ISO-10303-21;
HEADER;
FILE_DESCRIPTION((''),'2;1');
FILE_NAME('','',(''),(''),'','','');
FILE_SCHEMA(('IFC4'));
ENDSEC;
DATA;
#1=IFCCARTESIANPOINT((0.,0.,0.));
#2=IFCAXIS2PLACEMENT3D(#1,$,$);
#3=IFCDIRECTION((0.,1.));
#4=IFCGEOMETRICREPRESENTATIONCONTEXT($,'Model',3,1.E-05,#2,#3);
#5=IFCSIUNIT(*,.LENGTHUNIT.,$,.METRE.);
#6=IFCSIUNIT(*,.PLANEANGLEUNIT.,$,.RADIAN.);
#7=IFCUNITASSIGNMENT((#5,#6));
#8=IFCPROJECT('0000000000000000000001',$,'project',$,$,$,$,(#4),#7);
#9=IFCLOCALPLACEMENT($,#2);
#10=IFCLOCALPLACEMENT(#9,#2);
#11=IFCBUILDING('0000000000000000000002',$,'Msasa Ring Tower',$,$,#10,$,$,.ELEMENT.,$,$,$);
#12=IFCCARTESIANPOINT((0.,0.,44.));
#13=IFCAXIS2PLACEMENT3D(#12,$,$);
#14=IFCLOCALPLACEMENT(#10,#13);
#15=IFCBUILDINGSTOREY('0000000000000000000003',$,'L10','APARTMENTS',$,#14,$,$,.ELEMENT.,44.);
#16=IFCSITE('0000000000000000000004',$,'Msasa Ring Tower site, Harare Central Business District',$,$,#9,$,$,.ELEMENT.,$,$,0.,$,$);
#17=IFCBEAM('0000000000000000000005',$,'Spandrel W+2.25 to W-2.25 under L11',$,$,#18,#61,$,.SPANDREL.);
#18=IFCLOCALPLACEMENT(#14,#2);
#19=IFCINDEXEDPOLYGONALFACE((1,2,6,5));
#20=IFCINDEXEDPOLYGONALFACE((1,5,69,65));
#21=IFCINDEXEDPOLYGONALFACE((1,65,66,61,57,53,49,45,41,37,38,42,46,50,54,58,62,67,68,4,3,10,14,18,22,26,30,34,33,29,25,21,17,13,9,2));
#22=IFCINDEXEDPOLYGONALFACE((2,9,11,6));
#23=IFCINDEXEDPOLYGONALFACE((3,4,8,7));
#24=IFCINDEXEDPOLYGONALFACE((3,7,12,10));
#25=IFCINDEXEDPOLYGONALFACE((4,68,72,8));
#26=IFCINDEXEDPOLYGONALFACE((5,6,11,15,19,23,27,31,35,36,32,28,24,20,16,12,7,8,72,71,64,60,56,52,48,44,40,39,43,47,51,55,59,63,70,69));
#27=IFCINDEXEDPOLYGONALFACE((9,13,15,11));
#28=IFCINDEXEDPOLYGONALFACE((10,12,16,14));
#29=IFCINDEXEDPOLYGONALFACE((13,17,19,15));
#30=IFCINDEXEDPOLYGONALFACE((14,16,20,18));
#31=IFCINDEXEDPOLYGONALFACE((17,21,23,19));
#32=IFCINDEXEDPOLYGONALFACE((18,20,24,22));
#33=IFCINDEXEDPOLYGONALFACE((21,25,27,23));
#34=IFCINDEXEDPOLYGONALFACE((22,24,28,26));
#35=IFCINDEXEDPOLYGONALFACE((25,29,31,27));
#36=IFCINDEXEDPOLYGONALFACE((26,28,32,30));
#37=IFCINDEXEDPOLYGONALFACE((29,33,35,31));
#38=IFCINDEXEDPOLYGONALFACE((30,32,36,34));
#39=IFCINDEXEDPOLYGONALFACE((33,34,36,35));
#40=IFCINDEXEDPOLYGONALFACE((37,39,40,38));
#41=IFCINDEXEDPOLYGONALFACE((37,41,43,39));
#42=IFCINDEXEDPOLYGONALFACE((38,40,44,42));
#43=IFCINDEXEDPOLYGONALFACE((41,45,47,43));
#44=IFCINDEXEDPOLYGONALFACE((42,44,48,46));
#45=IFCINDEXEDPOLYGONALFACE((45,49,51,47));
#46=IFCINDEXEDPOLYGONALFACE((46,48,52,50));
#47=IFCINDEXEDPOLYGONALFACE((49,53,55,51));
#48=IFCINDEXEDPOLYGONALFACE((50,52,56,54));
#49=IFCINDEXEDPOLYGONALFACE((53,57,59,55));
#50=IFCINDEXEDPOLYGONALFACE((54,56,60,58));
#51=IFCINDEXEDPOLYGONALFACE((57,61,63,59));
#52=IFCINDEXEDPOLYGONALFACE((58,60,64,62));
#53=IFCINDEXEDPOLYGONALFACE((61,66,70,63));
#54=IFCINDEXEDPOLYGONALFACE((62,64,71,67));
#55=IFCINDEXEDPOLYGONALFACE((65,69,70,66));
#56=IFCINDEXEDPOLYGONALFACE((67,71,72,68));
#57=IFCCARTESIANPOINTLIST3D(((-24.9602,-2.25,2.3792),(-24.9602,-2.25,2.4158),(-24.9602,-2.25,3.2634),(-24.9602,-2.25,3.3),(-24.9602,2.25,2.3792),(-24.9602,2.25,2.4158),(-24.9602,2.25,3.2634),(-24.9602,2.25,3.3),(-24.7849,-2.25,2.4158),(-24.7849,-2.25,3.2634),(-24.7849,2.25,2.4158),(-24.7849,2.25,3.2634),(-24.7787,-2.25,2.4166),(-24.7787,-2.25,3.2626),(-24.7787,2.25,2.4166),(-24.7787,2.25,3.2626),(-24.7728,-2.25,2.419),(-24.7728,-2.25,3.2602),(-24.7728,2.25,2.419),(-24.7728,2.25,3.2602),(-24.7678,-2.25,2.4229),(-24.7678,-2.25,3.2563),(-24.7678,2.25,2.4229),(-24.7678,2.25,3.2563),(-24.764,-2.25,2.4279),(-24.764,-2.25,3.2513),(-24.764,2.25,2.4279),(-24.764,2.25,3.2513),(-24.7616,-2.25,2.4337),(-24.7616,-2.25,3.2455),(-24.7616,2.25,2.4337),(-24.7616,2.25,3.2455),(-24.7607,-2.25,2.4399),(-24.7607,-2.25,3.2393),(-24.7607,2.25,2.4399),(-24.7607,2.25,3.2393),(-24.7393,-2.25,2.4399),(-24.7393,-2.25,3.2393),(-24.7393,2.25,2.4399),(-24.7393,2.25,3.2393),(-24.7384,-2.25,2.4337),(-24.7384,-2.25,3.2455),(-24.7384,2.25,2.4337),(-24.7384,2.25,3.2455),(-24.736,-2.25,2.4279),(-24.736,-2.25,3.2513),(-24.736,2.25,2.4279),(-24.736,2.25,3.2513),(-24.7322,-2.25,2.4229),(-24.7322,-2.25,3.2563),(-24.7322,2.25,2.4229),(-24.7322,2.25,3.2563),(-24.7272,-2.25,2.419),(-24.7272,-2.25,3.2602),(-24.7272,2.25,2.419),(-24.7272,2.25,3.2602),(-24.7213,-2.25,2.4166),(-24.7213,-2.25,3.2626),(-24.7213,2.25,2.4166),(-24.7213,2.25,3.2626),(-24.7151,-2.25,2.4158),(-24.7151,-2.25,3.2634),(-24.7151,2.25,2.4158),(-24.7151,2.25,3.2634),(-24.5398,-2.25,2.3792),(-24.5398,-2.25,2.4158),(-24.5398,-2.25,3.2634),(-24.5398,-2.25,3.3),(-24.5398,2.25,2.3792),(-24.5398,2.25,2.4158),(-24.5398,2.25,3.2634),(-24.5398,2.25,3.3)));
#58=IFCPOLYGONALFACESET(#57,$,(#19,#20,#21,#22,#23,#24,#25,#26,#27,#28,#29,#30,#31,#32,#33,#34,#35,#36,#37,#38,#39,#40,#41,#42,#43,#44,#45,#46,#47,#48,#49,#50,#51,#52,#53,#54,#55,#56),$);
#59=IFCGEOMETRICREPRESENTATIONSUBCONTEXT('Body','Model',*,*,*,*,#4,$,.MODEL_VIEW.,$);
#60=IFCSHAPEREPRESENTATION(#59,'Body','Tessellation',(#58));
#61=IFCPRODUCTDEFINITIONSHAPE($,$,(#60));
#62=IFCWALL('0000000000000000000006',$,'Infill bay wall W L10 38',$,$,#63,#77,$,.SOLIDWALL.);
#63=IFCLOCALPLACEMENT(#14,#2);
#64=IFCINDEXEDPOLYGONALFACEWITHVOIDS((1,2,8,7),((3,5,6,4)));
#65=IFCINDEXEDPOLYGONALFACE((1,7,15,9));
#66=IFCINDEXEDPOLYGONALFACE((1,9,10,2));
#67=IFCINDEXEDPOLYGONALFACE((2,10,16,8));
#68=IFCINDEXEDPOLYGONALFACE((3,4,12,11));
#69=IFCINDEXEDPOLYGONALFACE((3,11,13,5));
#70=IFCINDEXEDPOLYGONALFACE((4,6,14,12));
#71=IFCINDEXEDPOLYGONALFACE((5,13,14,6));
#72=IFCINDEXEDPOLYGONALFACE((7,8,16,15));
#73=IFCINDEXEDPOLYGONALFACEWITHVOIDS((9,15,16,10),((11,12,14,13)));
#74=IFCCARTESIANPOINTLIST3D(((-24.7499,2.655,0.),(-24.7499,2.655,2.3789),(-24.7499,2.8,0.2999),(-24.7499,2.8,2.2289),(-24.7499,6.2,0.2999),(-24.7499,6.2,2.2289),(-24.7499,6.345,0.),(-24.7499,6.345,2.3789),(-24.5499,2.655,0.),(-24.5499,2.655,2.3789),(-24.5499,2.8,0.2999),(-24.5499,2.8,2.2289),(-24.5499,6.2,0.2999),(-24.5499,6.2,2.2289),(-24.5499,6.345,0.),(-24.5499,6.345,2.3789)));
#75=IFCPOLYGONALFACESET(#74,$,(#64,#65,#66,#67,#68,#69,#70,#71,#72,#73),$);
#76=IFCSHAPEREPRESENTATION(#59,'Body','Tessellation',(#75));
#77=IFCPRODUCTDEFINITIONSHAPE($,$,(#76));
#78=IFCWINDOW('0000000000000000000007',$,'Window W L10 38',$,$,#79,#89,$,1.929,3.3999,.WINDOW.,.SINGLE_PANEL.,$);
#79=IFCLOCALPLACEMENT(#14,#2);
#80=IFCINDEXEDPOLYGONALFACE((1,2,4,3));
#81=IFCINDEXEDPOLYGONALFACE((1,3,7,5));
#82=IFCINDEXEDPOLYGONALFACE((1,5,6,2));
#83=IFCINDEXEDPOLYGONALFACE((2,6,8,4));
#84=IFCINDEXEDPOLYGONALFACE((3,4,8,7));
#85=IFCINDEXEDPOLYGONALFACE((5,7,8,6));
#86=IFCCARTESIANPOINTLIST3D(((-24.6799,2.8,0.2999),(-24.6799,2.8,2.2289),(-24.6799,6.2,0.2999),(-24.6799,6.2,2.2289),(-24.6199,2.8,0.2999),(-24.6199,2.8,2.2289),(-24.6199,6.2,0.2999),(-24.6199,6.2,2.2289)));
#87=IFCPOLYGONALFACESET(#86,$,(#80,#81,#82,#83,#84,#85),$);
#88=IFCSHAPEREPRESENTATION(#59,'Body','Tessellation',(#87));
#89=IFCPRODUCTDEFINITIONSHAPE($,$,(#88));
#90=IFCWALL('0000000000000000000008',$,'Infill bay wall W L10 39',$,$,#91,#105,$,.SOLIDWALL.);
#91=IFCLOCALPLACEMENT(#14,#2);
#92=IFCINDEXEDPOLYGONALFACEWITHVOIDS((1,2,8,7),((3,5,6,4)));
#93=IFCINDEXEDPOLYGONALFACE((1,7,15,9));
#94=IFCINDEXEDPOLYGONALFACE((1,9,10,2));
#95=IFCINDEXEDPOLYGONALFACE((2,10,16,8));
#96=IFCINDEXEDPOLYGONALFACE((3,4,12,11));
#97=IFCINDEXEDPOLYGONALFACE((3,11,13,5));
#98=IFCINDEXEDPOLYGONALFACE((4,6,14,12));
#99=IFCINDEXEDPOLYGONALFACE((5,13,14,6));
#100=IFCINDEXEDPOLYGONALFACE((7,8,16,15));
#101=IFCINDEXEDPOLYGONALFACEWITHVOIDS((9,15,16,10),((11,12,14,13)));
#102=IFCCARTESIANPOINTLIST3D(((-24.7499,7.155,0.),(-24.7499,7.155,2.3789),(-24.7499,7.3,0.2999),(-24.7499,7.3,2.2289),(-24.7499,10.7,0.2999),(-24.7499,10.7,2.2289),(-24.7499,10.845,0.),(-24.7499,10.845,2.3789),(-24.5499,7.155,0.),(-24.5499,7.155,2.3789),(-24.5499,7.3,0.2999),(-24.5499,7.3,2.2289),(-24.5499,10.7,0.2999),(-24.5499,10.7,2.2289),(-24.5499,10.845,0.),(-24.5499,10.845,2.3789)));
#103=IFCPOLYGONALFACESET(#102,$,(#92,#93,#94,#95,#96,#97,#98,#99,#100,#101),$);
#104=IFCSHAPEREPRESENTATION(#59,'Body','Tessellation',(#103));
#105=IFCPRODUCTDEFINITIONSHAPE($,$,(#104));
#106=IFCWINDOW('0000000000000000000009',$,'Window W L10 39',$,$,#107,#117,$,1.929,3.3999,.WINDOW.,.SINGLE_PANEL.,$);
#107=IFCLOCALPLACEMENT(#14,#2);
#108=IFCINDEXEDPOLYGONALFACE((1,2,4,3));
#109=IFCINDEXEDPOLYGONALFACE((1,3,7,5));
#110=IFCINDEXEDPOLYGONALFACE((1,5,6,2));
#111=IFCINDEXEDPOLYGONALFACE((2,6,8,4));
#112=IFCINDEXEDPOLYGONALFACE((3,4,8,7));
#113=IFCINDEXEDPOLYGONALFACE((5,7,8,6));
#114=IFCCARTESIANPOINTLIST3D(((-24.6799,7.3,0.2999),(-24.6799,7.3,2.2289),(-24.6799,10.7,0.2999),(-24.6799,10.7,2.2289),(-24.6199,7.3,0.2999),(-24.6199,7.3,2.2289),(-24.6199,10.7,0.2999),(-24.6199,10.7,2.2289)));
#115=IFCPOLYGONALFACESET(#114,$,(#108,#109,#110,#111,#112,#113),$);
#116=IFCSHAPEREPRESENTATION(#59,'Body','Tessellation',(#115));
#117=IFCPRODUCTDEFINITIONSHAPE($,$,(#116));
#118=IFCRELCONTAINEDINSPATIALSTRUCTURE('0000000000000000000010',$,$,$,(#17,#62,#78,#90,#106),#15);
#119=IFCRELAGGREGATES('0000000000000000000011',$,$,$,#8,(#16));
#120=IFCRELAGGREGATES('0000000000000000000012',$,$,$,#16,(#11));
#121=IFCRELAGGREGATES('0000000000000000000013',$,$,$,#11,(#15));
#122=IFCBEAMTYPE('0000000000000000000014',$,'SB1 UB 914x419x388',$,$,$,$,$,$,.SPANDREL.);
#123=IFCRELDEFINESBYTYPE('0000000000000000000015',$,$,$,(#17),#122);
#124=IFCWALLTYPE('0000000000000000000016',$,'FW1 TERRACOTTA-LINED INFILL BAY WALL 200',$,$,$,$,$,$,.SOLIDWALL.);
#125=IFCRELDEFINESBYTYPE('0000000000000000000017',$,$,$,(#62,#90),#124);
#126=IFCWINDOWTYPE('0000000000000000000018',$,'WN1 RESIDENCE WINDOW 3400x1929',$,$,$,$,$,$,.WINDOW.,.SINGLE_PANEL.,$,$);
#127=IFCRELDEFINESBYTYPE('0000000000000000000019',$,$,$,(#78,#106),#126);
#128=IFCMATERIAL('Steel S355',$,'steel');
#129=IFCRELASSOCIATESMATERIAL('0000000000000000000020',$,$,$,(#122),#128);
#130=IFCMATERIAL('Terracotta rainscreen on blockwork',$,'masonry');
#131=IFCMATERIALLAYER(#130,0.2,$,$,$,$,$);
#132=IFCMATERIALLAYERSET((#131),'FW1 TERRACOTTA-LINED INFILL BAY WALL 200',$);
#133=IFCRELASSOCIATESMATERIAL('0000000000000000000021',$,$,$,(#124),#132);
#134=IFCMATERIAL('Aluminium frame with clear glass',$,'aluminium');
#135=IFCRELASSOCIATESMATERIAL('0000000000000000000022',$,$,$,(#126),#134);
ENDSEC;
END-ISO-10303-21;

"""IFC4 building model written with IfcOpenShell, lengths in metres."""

from ifc_helpers import new_model, si_unit, direction, frame, frame_2d, origin, origin_2d, place, context, subcontext, project, spatial, rectangle, i_section, extrude, material, layer, layer_set, material_profile, profile_set, type_object, element, fill, save


model = new_model("IFC4")

# Units and contexts
model_context = context("Model", 3, precision=1e-05, world=origin(), true_north=direction((0.0, 1.0)))
body_context = subcontext(model_context, "Body", "Model", "MODEL_VIEW")
ifc_project = project(units=[si_unit("LENGTHUNIT", "METRE"), si_unit("PLANEANGLEUNIT", "RADIAN")], contexts=[model_context])

# Site, building, storey
site_placement = place(None, origin())
site = spatial("IfcSite", under=ifc_project, at=site_placement, Name="Msasa Ring Tower site, Harare Central Business District", CompositionType="ELEMENT", RefElevation=0.0)
building_placement = place(site_placement, origin())
building = spatial("IfcBuilding", under=site, at=building_placement, Name="Msasa Ring Tower", CompositionType="ELEMENT")
storey_placement = place(building_placement, frame((0.0, 0.0, 44.0)))
storey = spatial("IfcBuildingStorey", under=building, at=storey_placement, Name="L10", Description="APARTMENTS", CompositionType="ELEMENT", Elevation=44.0)

# Beam
ifc_material_1 = material(Name="Steel S355", Category="steel")
ifc_material_profile_1 = material_profile(ifc_material_1, i_section(OverallWidth=0.4204, OverallDepth=0.9209, WebThickness=0.0215, FlangeThickness=0.0366, FilletRadius=0.0242, at=origin_2d()), Name="UB 914x419x388")
ifc_profile_set_1 = profile_set([ifc_material_profile_1], Name="Steel S355")
beam_type_1 = type_object("IfcBeamType", Name="SB1 UB 914x419x388", PredefinedType="SPANDREL", material=ifc_profile_set_1)
for number, where, z_axis, x_axis, name in (
    (1, (-24.75, 2.25, 2.8396), (0.0, -1.0, 0.0), (1.0, 0.0, 0.0), "Spandrel W+2.25 to W-2.25 under L11"),
):
    element("IfcBeam", number, at=place(storey_placement, frame(where, z_axis=z_axis, x_axis=x_axis)), inside=storey, type_object=beam_type_1, Name=name, PredefinedType="SPANDREL", context=body_context, shape_type="SweptSolid", body=[
        extrude(i_section(OverallWidth=0.4204, OverallDepth=0.9209, WebThickness=0.0215, FlangeThickness=0.0366, FilletRadius=0.0242, at=origin_2d()), origin(), (0.0, 0.0, 1.0), 4.5),
    ])

# Walls, openings, windows
ifc_material_2 = material(Name="Terracotta rainscreen on blockwork", Category="masonry")
ifc_layer_1 = layer(ifc_material_2, 0.2)
ifc_layer_set_1 = layer_set([ifc_layer_1], Name="FW1 TERRACOTTA-LINED INFILL BAY WALL 200")
wall_type_1 = type_object("IfcWallType", Name="FW1 TERRACOTTA-LINED INFILL BAY WALL 200", PredefinedType="SOLIDWALL", material=ifc_layer_set_1)
wall_1_placement = place(storey_placement, frame((-24.6499, 2.655, 0.0), z_axis=(0.0, 0.0, 1.0), x_axis=(0.0, 1.0, 0.0)))
wall_1 = element("IfcWall", 2, at=wall_1_placement, inside=storey, type_object=wall_type_1, Name="Infill bay wall W L10 38", PredefinedType="SOLIDWALL", context=body_context, shape_type="SweptSolid", body=[
    extrude(rectangle(XDim=3.6899, YDim=0.2, at=frame_2d((1.845, 0.0))), origin(), (0.0, 0.0, 1.0), 2.3789),
])
opening_1_placement = place(wall_1_placement, frame((0.145, 0.0, 0.3)))
opening_1 = element("IfcOpeningElement", 3, at=opening_1_placement, cuts=wall_1, PredefinedType="OPENING", context=body_context, shape_type="SweptSolid", body=[
    extrude(rectangle(XDim=3.3999, YDim=1.929, at=frame_2d((1.7, 0.9644))), frame((0.0, 0.1099, 0.0), z_axis=(0.0, -1.0, 0.0), x_axis=(1.0, 0.0, 0.0)), (0.0, 0.0, 1.0), 0.22),
])
ifc_material_3 = material(Name="Aluminium frame with clear glass", Category="aluminium")
window_type = type_object("IfcWindowType", Name="WN1 RESIDENCE WINDOW 3400x1929", PartitioningType="SINGLE_PANEL", PredefinedType="WINDOW", material=ifc_material_3)
window_1_placement = place(opening_1_placement, origin())
window_1 = element("IfcWindow", 4, at=window_1_placement, inside=storey, type_object=window_type, Name="Window W L10 38", OverallHeight=1.929, OverallWidth=3.3999, PartitioningType="SINGLE_PANEL", PredefinedType="WINDOW", context=body_context, shape_type="SweptSolid", body=[
    extrude(rectangle(XDim=3.3999, YDim=1.929, at=frame_2d((1.7, 0.9644))), frame((0.0, 0.03, 0.0), z_axis=(0.0, -1.0, 0.0), x_axis=(1.0, 0.0, 0.0)), (0.0, 0.0, 1.0), 0.0601),
])
fill(opening_1, window_1)
wall_2_placement = place(storey_placement, frame((-24.6499, 7.155, 0.0), z_axis=(0.0, 0.0, 1.0), x_axis=(0.0, 1.0, 0.0)))
wall_2 = element("IfcWall", 5, at=wall_2_placement, inside=storey, type_object=wall_type_1, Name="Infill bay wall W L10 39", PredefinedType="SOLIDWALL", context=body_context, shape_type="SweptSolid", body=[
    extrude(rectangle(XDim=3.6899, YDim=0.2, at=frame_2d((1.845, 0.0))), origin(), (0.0, 0.0, 1.0), 2.3789),
])
opening_2_placement = place(wall_2_placement, frame((0.145, 0.0, 0.3)))
opening_2 = element("IfcOpeningElement", 6, at=opening_2_placement, cuts=wall_2, PredefinedType="OPENING", context=body_context, shape_type="SweptSolid", body=[
    extrude(rectangle(XDim=3.3999, YDim=1.929, at=frame_2d((1.7, 0.9644))), frame((0.0, 0.1099, 0.0), z_axis=(0.0, -1.0, 0.0), x_axis=(1.0, 0.0, 0.0)), (0.0, 0.0, 1.0), 0.22),
])
window_2_placement = place(opening_2_placement, origin())
window_2 = element("IfcWindow", 7, at=window_2_placement, inside=storey, type_object=window_type, Name="Window W L10 39", OverallHeight=1.929, OverallWidth=3.3999, PartitioningType="SINGLE_PANEL", PredefinedType="WINDOW", context=body_context, shape_type="SweptSolid", body=[
    extrude(rectangle(XDim=3.3999, YDim=1.929, at=frame_2d((1.7, 0.9644))), frame((0.0, 0.03, 0.0), z_axis=(0.0, -1.0, 0.0), x_axis=(1.0, 0.0, 0.0)), (0.0, 0.0, 1.0), 0.0601),
])
fill(opening_2, window_2)

save(model, "model.ifc")
